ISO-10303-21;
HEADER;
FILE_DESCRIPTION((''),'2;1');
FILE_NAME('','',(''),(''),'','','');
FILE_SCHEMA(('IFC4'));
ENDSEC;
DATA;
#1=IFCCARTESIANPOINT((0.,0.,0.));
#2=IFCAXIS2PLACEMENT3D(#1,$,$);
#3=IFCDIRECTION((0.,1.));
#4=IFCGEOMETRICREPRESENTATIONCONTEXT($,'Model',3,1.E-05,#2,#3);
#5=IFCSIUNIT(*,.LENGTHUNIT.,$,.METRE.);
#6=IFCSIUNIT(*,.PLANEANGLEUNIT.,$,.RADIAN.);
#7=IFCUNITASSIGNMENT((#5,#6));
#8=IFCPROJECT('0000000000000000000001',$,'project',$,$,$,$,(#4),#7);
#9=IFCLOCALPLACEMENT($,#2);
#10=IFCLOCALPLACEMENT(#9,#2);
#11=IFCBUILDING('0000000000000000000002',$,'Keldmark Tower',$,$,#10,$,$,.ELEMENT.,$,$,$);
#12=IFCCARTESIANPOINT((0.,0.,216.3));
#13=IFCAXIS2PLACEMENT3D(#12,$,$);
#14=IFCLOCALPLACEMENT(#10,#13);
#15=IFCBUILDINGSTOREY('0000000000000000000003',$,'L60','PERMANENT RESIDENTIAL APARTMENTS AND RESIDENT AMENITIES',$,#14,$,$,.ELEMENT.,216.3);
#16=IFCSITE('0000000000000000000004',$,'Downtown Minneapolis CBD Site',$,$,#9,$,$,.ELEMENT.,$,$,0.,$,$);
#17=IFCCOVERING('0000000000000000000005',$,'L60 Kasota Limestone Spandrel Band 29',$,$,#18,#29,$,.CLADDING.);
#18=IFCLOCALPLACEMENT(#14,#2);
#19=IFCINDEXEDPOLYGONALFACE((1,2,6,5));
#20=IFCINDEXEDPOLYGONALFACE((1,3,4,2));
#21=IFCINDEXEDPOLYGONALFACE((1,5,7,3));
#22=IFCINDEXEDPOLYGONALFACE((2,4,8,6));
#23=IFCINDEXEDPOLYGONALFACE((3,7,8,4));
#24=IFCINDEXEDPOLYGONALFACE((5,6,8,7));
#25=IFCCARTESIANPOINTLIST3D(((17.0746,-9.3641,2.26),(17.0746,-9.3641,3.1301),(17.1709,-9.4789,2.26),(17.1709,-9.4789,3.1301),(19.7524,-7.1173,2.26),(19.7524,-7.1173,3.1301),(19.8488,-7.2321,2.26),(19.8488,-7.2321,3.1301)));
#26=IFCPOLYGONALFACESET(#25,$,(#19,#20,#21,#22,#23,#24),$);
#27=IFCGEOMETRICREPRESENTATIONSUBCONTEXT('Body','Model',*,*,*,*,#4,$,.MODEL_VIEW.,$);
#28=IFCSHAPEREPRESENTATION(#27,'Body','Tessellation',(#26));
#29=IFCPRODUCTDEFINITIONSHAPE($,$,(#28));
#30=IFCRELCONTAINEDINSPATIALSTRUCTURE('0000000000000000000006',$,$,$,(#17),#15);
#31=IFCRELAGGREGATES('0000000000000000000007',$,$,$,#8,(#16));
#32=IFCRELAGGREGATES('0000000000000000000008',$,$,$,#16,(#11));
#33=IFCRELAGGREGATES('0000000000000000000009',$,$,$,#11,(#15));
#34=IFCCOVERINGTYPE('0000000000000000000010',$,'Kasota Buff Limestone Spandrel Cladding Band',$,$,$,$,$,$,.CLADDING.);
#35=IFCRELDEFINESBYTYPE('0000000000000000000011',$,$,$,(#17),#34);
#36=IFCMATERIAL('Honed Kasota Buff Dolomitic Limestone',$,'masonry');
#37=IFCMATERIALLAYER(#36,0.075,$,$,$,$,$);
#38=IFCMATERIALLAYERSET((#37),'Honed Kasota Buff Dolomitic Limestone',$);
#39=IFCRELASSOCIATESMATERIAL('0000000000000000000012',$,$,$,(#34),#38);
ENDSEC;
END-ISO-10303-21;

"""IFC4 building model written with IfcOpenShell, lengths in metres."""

from ifc_helpers import new_model, si_unit, direction, frame, origin, origin_2d, place, context, subcontext, project, spatial, rectangle, extrude, material, layer, layer_set, type_object, element, save


model = new_model("IFC4")

# Units and contexts
model_context = context("Model", 3, precision=1e-05, world=origin(), true_north=direction((0.0, 1.0)))
body_context = subcontext(model_context, "Body", "Model", "MODEL_VIEW")
ifc_project = project(units=[si_unit("LENGTHUNIT", "METRE"), si_unit("PLANEANGLEUNIT", "RADIAN")], contexts=[model_context])

# Site, building, storey
site_placement = place(None, origin())
site = spatial("IfcSite", under=ifc_project, at=site_placement, Name="Downtown Minneapolis CBD Site", CompositionType="ELEMENT", RefElevation=0.0)
building_placement = place(site_placement, origin())
building = spatial("IfcBuilding", under=site, at=building_placement, Name="Keldmark Tower", CompositionType="ELEMENT")
storey_placement = place(building_placement, frame((0.0, 0.0, 216.3)))
storey = spatial("IfcBuildingStorey", under=building, at=storey_placement, Name="L60", Description="PERMANENT RESIDENTIAL APARTMENTS AND RESIDENT AMENITIES", CompositionType="ELEMENT", Elevation=216.3)

# Covering
ifc_material_1 = material(Name="Honed Kasota Buff Dolomitic Limestone", Category="masonry")
ifc_layer_1 = layer(ifc_material_1, 0.075)
ifc_layer_set_1 = layer_set([ifc_layer_1], Name="Honed Kasota Buff Dolomitic Limestone")
covering_type = type_object("IfcCoveringType", Name="Kasota Buff Limestone Spandrel Cladding Band", PredefinedType="CLADDING", material=ifc_layer_set_1)
covering_placement = place(storey_placement, frame((18.4617, -8.2981, 2.26), z_axis=(0.0, 0.0, 1.0), x_axis=(0.766067, 0.642761, 0.0)))
element("IfcCovering", 1, at=covering_placement, inside=storey, type_object=covering_type, Name="L60 Kasota Limestone Spandrel Band 29", PredefinedType="CLADDING", context=body_context, shape_type="SweptSolid", body=[
    extrude(rectangle(XDim=3.4956, YDim=0.1499, at=origin_2d()), origin(), (0.0, 0.0, 1.0), 0.8701),
])

save(model, "model.ifc")
